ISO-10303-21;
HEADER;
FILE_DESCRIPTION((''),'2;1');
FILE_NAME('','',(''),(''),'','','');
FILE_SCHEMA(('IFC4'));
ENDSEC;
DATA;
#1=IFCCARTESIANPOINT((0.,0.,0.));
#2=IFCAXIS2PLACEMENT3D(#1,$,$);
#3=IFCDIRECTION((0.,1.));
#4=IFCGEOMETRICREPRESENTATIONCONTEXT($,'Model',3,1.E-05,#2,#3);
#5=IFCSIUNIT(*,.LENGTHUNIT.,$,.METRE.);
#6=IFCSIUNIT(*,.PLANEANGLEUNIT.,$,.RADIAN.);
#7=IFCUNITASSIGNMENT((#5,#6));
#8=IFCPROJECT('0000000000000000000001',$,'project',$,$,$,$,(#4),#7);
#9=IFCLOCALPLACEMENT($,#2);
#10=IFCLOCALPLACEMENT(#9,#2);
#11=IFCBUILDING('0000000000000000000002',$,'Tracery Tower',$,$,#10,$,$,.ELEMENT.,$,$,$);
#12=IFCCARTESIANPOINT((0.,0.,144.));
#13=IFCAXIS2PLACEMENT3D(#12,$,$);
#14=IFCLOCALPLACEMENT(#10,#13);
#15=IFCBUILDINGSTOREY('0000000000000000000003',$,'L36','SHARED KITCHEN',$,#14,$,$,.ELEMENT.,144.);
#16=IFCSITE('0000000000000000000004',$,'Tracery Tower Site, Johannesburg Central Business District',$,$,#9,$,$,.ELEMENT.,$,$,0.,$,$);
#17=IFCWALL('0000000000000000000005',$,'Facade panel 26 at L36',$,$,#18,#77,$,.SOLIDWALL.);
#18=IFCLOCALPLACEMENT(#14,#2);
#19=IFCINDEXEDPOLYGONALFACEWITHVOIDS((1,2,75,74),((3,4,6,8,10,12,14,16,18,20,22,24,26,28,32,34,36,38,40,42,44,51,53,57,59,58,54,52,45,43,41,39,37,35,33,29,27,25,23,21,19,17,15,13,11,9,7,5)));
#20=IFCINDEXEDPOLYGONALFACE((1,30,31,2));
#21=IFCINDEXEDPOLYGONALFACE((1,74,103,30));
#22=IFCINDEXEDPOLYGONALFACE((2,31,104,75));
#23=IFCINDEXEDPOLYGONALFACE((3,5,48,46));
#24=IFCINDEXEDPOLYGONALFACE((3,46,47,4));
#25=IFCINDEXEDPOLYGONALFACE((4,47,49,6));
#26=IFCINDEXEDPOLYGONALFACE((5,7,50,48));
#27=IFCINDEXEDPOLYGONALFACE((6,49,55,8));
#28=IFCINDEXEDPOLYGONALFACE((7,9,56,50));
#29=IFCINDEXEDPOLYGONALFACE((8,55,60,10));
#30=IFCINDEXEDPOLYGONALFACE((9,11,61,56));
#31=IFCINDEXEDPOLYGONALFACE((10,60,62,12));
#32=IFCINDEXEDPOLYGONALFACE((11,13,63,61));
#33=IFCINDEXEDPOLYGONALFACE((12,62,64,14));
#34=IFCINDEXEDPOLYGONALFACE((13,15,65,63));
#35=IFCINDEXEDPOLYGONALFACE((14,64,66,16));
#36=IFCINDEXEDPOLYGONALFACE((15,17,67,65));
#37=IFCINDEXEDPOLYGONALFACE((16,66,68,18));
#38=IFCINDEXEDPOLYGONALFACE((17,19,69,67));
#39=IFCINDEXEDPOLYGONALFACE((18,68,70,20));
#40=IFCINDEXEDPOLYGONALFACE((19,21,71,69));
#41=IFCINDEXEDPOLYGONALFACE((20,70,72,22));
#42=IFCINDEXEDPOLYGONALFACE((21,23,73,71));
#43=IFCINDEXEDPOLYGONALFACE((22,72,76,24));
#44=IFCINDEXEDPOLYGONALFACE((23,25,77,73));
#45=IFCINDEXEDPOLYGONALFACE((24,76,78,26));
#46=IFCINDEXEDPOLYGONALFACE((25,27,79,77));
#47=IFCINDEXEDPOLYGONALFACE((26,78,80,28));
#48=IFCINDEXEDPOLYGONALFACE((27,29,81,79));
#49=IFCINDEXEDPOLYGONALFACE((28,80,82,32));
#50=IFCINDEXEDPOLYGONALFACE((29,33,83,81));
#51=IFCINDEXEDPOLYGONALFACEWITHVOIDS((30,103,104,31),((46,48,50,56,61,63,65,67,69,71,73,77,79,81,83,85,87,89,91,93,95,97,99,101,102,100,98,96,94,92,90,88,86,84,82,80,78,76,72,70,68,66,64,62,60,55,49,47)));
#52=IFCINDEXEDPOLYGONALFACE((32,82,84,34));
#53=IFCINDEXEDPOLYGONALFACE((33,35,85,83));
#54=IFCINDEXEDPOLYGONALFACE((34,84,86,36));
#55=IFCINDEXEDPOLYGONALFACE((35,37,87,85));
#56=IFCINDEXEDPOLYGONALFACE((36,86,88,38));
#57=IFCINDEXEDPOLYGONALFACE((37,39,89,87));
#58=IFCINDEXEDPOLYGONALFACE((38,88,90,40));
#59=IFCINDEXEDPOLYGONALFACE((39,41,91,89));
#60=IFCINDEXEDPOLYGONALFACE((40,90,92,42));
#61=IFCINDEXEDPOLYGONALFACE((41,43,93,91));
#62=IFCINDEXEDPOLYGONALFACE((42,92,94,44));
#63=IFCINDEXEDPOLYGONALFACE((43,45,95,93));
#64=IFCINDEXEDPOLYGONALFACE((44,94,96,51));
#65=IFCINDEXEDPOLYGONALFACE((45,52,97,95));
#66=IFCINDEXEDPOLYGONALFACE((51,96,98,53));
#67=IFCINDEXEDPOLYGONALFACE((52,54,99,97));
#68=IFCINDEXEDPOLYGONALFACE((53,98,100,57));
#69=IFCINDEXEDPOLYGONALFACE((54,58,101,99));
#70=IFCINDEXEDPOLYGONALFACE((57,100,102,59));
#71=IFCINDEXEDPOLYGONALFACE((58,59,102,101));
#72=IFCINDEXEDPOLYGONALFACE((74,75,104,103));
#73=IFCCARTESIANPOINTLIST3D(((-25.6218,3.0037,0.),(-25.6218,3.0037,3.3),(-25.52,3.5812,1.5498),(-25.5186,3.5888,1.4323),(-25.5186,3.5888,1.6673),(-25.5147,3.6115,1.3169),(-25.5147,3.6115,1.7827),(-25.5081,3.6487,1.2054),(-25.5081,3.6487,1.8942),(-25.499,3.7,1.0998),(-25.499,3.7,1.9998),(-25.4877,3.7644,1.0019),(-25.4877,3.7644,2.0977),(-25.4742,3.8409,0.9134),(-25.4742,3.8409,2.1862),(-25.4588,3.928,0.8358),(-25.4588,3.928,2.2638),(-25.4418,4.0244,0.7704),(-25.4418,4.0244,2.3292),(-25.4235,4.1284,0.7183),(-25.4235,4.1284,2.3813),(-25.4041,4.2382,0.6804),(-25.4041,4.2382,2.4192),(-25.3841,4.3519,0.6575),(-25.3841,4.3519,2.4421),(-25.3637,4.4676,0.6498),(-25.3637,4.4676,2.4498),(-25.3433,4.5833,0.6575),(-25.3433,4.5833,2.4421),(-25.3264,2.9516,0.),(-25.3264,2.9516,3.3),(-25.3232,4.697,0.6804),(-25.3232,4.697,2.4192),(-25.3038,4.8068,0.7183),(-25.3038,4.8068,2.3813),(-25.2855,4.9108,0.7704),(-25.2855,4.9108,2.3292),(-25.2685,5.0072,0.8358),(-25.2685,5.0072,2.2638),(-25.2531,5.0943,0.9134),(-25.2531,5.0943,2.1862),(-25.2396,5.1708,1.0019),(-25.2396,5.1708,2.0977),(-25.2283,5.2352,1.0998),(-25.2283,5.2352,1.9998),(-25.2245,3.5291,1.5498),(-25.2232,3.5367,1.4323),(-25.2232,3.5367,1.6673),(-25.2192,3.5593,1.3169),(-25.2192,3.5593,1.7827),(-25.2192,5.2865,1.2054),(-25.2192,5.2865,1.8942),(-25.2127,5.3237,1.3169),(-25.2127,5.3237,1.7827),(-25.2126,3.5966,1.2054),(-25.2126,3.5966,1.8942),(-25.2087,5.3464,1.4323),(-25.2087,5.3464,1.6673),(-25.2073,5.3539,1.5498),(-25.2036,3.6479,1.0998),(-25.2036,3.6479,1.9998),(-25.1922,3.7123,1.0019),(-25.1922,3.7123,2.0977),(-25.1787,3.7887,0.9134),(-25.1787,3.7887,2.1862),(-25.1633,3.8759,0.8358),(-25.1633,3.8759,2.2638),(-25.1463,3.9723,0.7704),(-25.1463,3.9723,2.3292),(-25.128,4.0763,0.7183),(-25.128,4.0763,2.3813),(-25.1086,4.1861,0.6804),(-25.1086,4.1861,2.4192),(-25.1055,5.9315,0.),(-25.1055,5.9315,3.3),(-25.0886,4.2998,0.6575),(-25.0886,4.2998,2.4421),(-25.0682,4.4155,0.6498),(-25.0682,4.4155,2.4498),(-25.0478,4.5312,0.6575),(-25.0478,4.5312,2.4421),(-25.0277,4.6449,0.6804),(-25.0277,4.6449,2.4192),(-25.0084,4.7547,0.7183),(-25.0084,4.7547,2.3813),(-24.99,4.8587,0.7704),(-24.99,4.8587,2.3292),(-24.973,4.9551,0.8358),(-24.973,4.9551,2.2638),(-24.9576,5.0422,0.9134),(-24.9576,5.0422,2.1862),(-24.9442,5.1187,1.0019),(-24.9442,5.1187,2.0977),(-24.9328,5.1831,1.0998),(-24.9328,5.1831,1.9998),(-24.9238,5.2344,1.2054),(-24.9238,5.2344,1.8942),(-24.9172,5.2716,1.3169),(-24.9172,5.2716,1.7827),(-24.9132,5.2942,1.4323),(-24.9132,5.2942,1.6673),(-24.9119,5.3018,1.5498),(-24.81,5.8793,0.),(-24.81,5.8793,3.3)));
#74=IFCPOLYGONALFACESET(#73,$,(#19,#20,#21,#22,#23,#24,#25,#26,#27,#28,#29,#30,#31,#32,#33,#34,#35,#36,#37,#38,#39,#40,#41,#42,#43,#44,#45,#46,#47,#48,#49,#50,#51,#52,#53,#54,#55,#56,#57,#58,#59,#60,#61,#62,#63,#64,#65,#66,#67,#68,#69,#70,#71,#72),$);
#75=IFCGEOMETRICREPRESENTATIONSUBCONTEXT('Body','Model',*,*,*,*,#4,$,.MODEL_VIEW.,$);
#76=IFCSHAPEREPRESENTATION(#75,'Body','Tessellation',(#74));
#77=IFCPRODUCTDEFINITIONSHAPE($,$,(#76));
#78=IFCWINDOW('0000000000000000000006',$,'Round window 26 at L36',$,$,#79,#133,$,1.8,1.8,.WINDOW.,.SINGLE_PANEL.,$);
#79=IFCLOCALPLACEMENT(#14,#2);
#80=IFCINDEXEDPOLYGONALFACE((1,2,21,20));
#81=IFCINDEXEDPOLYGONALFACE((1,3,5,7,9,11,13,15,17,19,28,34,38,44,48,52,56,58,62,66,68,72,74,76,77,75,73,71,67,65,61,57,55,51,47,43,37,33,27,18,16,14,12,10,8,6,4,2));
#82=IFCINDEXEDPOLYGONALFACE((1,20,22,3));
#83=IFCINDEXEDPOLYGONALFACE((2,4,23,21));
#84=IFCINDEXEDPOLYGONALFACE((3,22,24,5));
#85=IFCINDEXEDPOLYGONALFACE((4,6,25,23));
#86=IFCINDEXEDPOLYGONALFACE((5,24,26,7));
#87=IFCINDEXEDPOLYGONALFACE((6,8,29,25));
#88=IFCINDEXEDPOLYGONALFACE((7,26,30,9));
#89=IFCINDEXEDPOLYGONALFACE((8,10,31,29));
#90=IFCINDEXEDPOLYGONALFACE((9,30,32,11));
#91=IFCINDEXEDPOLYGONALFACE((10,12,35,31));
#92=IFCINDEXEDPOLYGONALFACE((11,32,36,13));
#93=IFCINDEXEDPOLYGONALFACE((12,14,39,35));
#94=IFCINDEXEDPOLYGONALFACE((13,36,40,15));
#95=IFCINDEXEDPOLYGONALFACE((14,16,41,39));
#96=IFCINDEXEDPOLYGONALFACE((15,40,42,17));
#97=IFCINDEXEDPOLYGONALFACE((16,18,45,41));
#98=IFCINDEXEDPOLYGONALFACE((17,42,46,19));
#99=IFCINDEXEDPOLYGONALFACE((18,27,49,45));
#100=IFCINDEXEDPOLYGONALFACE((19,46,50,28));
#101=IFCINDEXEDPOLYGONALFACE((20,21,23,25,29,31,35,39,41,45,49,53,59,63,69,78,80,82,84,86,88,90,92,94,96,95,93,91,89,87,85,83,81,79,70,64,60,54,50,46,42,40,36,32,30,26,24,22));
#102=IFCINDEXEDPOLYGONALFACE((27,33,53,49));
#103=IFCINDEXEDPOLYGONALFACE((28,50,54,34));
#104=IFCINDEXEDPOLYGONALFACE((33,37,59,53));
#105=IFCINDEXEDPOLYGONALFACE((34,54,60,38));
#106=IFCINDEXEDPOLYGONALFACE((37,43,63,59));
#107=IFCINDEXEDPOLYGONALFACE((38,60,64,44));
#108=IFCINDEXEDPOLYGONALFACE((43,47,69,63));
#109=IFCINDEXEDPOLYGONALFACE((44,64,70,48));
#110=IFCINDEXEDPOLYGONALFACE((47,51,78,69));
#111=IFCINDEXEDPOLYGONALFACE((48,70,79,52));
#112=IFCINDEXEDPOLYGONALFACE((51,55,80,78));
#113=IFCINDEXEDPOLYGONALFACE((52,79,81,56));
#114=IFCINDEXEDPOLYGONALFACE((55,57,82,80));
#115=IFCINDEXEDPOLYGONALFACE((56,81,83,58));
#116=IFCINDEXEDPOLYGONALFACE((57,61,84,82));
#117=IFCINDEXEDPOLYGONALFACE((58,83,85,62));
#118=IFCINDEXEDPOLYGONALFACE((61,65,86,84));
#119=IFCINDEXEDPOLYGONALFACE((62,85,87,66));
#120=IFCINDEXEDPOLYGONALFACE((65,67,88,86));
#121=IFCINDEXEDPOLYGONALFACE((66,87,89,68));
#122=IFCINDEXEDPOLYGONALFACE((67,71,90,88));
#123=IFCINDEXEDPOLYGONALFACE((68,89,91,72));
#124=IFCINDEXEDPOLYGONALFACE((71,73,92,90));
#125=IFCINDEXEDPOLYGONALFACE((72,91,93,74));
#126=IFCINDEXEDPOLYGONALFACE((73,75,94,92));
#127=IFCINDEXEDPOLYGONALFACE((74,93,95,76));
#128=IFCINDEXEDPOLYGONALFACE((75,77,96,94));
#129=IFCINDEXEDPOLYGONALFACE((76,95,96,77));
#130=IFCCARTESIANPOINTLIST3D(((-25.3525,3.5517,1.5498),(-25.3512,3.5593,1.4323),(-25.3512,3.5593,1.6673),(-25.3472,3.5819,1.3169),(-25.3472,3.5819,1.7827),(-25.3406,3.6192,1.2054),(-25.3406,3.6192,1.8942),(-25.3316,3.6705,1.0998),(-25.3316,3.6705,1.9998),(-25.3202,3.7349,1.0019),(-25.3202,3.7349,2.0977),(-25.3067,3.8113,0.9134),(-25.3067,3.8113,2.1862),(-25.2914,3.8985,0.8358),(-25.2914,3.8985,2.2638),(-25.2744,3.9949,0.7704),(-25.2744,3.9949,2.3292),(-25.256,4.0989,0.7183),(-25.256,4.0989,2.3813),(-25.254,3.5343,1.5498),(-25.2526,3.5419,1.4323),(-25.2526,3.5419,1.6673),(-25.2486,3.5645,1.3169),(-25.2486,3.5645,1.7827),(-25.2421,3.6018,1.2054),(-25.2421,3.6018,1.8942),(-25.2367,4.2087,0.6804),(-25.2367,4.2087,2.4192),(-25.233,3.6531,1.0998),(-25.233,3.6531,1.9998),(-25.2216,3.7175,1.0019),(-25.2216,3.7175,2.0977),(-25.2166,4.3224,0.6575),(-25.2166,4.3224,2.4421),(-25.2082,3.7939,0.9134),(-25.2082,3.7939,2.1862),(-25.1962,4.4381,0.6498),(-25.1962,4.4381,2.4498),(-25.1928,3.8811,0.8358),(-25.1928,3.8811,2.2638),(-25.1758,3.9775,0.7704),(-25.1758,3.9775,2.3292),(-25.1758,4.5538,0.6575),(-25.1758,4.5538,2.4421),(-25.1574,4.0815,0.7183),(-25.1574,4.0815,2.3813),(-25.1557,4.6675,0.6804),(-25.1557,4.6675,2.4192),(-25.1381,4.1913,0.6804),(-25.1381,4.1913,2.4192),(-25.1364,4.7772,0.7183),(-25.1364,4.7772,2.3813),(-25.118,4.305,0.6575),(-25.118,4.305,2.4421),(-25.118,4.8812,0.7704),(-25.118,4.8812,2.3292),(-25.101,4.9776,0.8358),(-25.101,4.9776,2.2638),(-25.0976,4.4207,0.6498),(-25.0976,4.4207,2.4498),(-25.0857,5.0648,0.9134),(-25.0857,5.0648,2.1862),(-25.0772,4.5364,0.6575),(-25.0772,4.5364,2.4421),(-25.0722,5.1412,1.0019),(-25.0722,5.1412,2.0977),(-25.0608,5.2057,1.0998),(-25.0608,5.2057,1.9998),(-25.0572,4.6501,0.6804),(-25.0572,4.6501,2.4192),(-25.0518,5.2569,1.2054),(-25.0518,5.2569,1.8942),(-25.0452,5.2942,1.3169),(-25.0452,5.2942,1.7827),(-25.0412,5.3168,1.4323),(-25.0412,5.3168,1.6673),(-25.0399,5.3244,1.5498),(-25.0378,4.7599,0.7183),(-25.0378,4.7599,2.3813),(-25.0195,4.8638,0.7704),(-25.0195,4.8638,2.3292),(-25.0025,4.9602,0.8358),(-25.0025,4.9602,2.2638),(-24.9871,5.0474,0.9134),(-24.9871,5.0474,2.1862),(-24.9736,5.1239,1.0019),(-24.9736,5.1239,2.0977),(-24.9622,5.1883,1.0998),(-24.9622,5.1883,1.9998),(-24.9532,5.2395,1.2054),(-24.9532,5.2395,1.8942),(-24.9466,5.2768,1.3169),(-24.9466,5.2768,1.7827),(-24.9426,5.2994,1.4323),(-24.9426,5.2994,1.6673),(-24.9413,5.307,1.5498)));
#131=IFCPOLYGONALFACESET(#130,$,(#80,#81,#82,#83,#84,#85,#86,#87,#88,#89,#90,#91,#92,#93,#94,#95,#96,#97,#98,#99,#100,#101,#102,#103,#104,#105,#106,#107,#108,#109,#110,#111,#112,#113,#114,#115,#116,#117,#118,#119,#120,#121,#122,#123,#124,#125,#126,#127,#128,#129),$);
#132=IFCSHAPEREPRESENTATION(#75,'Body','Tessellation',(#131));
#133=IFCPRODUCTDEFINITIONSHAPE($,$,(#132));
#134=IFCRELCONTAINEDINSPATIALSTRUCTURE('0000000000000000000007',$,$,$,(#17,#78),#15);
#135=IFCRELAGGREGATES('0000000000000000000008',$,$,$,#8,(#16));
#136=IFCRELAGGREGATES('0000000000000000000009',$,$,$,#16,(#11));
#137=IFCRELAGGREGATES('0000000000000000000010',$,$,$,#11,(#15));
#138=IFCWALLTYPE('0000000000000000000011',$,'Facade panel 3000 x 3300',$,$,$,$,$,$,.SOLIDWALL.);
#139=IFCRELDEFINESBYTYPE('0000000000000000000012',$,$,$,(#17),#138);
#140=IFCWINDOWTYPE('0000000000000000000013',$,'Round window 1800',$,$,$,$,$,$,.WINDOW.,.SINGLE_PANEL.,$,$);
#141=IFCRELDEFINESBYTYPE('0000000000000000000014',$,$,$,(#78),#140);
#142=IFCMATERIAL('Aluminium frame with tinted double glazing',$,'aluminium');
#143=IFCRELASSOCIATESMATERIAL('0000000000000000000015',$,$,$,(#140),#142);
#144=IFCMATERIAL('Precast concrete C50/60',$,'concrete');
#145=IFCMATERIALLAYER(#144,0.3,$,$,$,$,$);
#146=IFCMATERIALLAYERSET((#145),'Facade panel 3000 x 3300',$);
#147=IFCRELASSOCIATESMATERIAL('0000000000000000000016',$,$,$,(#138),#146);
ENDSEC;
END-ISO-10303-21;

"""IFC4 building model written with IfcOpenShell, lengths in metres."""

from ifc_helpers import new_model, si_unit, direction, frame, frame_2d, origin, origin_2d, place, context, subcontext, project, spatial, rectangle, circle, extrude, material, layer, layer_set, type_object, element, fill, save


model = new_model("IFC4")

# Units and contexts
model_context = context("Model", 3, precision=1e-05, world=origin(), true_north=direction((0.0, 1.0)))
body_context = subcontext(model_context, "Body", "Model", "MODEL_VIEW")
ifc_project = project(units=[si_unit("LENGTHUNIT", "METRE"), si_unit("PLANEANGLEUNIT", "RADIAN")], contexts=[model_context])

# Site, building, storey
site_placement = place(None, origin())
site = spatial("IfcSite", under=ifc_project, at=site_placement, Name="Tracery Tower Site, Johannesburg Central Business District", CompositionType="ELEMENT", RefElevation=0.0)
building_placement = place(site_placement, origin())
building = spatial("IfcBuilding", under=site, at=building_placement, Name="Tracery Tower", CompositionType="ELEMENT")
storey_placement = place(building_placement, frame((0.0, 0.0, 144.0)))
storey = spatial("IfcBuildingStorey", under=building, at=storey_placement, Name="L36", Description="SHARED KITCHEN", CompositionType="ELEMENT", Elevation=144.0)

# Wall, opening, window
ifc_material_1 = material(Name="Aluminium frame with tinted double glazing", Category="aluminium")
window_type = type_object("IfcWindowType", Name="Round window 1800", PartitioningType="SINGLE_PANEL", PredefinedType="WINDOW", material=ifc_material_1)
ifc_material_2 = material(Name="Precast concrete C50/60", Category="concrete")
ifc_layer_1 = layer(ifc_material_2, 0.3)
ifc_layer_set_1 = layer_set([ifc_layer_1], Name="Facade panel 3000 x 3300")
wall_type_1 = type_object("IfcWallType", Name="Facade panel 3000 x 3300", PredefinedType="SOLIDWALL", material=ifc_layer_set_1)
wall_1_placement = place(storey_placement, frame((-24.9578, 5.9053, 0.0), z_axis=(0.0, 0.0, 1.0), x_axis=(-0.173687, -0.984801, 0.0)))
wall_1 = element("IfcWall", 1, at=wall_1_placement, inside=storey, type_object=wall_type_1, Name="Facade panel 26 at L36", PredefinedType="SOLIDWALL", context=body_context, shape_type="SweptSolid", body=[
    extrude(rectangle(XDim=2.9729, YDim=0.3, at=frame_2d((1.4863, 0.0))), origin(), (0.0, 0.0, 1.0), 3.3),
])
opening_1_placement = place(wall_1_placement, frame((1.4863, 0.0, 1.5498)))
opening_1 = element("IfcOpeningElement", 2, at=opening_1_placement, cuts=wall_1, PredefinedType="OPENING", context=body_context, shape_type="SweptSolid", body=[
    extrude(circle(Radius=0.9, at=origin_2d()), frame((0.0, 0.1599, 0.0), z_axis=(0.0, -1.0, 0.0), x_axis=(1.0, 0.0, 0.0)), (0.0, 0.0, 1.0), 0.3201),
])
window_1_placement = place(opening_1_placement, origin())
window_1 = element("IfcWindow", 3, at=window_1_placement, inside=storey, type_object=window_type, Name="Round window 26 at L36", OverallHeight=1.8, OverallWidth=1.8, PartitioningType="SINGLE_PANEL", PredefinedType="WINDOW", context=body_context, shape_type="SweptSolid", body=[
    extrude(circle(Radius=0.9, at=origin_2d()), frame((0.0, 0.1201, 0.0), z_axis=(0.0, -1.0, 0.0), x_axis=(1.0, 0.0, 0.0)), (0.0, 0.0, 1.0), 0.1001),
])
fill(opening_1, window_1)

save(model, "model.ifc")
